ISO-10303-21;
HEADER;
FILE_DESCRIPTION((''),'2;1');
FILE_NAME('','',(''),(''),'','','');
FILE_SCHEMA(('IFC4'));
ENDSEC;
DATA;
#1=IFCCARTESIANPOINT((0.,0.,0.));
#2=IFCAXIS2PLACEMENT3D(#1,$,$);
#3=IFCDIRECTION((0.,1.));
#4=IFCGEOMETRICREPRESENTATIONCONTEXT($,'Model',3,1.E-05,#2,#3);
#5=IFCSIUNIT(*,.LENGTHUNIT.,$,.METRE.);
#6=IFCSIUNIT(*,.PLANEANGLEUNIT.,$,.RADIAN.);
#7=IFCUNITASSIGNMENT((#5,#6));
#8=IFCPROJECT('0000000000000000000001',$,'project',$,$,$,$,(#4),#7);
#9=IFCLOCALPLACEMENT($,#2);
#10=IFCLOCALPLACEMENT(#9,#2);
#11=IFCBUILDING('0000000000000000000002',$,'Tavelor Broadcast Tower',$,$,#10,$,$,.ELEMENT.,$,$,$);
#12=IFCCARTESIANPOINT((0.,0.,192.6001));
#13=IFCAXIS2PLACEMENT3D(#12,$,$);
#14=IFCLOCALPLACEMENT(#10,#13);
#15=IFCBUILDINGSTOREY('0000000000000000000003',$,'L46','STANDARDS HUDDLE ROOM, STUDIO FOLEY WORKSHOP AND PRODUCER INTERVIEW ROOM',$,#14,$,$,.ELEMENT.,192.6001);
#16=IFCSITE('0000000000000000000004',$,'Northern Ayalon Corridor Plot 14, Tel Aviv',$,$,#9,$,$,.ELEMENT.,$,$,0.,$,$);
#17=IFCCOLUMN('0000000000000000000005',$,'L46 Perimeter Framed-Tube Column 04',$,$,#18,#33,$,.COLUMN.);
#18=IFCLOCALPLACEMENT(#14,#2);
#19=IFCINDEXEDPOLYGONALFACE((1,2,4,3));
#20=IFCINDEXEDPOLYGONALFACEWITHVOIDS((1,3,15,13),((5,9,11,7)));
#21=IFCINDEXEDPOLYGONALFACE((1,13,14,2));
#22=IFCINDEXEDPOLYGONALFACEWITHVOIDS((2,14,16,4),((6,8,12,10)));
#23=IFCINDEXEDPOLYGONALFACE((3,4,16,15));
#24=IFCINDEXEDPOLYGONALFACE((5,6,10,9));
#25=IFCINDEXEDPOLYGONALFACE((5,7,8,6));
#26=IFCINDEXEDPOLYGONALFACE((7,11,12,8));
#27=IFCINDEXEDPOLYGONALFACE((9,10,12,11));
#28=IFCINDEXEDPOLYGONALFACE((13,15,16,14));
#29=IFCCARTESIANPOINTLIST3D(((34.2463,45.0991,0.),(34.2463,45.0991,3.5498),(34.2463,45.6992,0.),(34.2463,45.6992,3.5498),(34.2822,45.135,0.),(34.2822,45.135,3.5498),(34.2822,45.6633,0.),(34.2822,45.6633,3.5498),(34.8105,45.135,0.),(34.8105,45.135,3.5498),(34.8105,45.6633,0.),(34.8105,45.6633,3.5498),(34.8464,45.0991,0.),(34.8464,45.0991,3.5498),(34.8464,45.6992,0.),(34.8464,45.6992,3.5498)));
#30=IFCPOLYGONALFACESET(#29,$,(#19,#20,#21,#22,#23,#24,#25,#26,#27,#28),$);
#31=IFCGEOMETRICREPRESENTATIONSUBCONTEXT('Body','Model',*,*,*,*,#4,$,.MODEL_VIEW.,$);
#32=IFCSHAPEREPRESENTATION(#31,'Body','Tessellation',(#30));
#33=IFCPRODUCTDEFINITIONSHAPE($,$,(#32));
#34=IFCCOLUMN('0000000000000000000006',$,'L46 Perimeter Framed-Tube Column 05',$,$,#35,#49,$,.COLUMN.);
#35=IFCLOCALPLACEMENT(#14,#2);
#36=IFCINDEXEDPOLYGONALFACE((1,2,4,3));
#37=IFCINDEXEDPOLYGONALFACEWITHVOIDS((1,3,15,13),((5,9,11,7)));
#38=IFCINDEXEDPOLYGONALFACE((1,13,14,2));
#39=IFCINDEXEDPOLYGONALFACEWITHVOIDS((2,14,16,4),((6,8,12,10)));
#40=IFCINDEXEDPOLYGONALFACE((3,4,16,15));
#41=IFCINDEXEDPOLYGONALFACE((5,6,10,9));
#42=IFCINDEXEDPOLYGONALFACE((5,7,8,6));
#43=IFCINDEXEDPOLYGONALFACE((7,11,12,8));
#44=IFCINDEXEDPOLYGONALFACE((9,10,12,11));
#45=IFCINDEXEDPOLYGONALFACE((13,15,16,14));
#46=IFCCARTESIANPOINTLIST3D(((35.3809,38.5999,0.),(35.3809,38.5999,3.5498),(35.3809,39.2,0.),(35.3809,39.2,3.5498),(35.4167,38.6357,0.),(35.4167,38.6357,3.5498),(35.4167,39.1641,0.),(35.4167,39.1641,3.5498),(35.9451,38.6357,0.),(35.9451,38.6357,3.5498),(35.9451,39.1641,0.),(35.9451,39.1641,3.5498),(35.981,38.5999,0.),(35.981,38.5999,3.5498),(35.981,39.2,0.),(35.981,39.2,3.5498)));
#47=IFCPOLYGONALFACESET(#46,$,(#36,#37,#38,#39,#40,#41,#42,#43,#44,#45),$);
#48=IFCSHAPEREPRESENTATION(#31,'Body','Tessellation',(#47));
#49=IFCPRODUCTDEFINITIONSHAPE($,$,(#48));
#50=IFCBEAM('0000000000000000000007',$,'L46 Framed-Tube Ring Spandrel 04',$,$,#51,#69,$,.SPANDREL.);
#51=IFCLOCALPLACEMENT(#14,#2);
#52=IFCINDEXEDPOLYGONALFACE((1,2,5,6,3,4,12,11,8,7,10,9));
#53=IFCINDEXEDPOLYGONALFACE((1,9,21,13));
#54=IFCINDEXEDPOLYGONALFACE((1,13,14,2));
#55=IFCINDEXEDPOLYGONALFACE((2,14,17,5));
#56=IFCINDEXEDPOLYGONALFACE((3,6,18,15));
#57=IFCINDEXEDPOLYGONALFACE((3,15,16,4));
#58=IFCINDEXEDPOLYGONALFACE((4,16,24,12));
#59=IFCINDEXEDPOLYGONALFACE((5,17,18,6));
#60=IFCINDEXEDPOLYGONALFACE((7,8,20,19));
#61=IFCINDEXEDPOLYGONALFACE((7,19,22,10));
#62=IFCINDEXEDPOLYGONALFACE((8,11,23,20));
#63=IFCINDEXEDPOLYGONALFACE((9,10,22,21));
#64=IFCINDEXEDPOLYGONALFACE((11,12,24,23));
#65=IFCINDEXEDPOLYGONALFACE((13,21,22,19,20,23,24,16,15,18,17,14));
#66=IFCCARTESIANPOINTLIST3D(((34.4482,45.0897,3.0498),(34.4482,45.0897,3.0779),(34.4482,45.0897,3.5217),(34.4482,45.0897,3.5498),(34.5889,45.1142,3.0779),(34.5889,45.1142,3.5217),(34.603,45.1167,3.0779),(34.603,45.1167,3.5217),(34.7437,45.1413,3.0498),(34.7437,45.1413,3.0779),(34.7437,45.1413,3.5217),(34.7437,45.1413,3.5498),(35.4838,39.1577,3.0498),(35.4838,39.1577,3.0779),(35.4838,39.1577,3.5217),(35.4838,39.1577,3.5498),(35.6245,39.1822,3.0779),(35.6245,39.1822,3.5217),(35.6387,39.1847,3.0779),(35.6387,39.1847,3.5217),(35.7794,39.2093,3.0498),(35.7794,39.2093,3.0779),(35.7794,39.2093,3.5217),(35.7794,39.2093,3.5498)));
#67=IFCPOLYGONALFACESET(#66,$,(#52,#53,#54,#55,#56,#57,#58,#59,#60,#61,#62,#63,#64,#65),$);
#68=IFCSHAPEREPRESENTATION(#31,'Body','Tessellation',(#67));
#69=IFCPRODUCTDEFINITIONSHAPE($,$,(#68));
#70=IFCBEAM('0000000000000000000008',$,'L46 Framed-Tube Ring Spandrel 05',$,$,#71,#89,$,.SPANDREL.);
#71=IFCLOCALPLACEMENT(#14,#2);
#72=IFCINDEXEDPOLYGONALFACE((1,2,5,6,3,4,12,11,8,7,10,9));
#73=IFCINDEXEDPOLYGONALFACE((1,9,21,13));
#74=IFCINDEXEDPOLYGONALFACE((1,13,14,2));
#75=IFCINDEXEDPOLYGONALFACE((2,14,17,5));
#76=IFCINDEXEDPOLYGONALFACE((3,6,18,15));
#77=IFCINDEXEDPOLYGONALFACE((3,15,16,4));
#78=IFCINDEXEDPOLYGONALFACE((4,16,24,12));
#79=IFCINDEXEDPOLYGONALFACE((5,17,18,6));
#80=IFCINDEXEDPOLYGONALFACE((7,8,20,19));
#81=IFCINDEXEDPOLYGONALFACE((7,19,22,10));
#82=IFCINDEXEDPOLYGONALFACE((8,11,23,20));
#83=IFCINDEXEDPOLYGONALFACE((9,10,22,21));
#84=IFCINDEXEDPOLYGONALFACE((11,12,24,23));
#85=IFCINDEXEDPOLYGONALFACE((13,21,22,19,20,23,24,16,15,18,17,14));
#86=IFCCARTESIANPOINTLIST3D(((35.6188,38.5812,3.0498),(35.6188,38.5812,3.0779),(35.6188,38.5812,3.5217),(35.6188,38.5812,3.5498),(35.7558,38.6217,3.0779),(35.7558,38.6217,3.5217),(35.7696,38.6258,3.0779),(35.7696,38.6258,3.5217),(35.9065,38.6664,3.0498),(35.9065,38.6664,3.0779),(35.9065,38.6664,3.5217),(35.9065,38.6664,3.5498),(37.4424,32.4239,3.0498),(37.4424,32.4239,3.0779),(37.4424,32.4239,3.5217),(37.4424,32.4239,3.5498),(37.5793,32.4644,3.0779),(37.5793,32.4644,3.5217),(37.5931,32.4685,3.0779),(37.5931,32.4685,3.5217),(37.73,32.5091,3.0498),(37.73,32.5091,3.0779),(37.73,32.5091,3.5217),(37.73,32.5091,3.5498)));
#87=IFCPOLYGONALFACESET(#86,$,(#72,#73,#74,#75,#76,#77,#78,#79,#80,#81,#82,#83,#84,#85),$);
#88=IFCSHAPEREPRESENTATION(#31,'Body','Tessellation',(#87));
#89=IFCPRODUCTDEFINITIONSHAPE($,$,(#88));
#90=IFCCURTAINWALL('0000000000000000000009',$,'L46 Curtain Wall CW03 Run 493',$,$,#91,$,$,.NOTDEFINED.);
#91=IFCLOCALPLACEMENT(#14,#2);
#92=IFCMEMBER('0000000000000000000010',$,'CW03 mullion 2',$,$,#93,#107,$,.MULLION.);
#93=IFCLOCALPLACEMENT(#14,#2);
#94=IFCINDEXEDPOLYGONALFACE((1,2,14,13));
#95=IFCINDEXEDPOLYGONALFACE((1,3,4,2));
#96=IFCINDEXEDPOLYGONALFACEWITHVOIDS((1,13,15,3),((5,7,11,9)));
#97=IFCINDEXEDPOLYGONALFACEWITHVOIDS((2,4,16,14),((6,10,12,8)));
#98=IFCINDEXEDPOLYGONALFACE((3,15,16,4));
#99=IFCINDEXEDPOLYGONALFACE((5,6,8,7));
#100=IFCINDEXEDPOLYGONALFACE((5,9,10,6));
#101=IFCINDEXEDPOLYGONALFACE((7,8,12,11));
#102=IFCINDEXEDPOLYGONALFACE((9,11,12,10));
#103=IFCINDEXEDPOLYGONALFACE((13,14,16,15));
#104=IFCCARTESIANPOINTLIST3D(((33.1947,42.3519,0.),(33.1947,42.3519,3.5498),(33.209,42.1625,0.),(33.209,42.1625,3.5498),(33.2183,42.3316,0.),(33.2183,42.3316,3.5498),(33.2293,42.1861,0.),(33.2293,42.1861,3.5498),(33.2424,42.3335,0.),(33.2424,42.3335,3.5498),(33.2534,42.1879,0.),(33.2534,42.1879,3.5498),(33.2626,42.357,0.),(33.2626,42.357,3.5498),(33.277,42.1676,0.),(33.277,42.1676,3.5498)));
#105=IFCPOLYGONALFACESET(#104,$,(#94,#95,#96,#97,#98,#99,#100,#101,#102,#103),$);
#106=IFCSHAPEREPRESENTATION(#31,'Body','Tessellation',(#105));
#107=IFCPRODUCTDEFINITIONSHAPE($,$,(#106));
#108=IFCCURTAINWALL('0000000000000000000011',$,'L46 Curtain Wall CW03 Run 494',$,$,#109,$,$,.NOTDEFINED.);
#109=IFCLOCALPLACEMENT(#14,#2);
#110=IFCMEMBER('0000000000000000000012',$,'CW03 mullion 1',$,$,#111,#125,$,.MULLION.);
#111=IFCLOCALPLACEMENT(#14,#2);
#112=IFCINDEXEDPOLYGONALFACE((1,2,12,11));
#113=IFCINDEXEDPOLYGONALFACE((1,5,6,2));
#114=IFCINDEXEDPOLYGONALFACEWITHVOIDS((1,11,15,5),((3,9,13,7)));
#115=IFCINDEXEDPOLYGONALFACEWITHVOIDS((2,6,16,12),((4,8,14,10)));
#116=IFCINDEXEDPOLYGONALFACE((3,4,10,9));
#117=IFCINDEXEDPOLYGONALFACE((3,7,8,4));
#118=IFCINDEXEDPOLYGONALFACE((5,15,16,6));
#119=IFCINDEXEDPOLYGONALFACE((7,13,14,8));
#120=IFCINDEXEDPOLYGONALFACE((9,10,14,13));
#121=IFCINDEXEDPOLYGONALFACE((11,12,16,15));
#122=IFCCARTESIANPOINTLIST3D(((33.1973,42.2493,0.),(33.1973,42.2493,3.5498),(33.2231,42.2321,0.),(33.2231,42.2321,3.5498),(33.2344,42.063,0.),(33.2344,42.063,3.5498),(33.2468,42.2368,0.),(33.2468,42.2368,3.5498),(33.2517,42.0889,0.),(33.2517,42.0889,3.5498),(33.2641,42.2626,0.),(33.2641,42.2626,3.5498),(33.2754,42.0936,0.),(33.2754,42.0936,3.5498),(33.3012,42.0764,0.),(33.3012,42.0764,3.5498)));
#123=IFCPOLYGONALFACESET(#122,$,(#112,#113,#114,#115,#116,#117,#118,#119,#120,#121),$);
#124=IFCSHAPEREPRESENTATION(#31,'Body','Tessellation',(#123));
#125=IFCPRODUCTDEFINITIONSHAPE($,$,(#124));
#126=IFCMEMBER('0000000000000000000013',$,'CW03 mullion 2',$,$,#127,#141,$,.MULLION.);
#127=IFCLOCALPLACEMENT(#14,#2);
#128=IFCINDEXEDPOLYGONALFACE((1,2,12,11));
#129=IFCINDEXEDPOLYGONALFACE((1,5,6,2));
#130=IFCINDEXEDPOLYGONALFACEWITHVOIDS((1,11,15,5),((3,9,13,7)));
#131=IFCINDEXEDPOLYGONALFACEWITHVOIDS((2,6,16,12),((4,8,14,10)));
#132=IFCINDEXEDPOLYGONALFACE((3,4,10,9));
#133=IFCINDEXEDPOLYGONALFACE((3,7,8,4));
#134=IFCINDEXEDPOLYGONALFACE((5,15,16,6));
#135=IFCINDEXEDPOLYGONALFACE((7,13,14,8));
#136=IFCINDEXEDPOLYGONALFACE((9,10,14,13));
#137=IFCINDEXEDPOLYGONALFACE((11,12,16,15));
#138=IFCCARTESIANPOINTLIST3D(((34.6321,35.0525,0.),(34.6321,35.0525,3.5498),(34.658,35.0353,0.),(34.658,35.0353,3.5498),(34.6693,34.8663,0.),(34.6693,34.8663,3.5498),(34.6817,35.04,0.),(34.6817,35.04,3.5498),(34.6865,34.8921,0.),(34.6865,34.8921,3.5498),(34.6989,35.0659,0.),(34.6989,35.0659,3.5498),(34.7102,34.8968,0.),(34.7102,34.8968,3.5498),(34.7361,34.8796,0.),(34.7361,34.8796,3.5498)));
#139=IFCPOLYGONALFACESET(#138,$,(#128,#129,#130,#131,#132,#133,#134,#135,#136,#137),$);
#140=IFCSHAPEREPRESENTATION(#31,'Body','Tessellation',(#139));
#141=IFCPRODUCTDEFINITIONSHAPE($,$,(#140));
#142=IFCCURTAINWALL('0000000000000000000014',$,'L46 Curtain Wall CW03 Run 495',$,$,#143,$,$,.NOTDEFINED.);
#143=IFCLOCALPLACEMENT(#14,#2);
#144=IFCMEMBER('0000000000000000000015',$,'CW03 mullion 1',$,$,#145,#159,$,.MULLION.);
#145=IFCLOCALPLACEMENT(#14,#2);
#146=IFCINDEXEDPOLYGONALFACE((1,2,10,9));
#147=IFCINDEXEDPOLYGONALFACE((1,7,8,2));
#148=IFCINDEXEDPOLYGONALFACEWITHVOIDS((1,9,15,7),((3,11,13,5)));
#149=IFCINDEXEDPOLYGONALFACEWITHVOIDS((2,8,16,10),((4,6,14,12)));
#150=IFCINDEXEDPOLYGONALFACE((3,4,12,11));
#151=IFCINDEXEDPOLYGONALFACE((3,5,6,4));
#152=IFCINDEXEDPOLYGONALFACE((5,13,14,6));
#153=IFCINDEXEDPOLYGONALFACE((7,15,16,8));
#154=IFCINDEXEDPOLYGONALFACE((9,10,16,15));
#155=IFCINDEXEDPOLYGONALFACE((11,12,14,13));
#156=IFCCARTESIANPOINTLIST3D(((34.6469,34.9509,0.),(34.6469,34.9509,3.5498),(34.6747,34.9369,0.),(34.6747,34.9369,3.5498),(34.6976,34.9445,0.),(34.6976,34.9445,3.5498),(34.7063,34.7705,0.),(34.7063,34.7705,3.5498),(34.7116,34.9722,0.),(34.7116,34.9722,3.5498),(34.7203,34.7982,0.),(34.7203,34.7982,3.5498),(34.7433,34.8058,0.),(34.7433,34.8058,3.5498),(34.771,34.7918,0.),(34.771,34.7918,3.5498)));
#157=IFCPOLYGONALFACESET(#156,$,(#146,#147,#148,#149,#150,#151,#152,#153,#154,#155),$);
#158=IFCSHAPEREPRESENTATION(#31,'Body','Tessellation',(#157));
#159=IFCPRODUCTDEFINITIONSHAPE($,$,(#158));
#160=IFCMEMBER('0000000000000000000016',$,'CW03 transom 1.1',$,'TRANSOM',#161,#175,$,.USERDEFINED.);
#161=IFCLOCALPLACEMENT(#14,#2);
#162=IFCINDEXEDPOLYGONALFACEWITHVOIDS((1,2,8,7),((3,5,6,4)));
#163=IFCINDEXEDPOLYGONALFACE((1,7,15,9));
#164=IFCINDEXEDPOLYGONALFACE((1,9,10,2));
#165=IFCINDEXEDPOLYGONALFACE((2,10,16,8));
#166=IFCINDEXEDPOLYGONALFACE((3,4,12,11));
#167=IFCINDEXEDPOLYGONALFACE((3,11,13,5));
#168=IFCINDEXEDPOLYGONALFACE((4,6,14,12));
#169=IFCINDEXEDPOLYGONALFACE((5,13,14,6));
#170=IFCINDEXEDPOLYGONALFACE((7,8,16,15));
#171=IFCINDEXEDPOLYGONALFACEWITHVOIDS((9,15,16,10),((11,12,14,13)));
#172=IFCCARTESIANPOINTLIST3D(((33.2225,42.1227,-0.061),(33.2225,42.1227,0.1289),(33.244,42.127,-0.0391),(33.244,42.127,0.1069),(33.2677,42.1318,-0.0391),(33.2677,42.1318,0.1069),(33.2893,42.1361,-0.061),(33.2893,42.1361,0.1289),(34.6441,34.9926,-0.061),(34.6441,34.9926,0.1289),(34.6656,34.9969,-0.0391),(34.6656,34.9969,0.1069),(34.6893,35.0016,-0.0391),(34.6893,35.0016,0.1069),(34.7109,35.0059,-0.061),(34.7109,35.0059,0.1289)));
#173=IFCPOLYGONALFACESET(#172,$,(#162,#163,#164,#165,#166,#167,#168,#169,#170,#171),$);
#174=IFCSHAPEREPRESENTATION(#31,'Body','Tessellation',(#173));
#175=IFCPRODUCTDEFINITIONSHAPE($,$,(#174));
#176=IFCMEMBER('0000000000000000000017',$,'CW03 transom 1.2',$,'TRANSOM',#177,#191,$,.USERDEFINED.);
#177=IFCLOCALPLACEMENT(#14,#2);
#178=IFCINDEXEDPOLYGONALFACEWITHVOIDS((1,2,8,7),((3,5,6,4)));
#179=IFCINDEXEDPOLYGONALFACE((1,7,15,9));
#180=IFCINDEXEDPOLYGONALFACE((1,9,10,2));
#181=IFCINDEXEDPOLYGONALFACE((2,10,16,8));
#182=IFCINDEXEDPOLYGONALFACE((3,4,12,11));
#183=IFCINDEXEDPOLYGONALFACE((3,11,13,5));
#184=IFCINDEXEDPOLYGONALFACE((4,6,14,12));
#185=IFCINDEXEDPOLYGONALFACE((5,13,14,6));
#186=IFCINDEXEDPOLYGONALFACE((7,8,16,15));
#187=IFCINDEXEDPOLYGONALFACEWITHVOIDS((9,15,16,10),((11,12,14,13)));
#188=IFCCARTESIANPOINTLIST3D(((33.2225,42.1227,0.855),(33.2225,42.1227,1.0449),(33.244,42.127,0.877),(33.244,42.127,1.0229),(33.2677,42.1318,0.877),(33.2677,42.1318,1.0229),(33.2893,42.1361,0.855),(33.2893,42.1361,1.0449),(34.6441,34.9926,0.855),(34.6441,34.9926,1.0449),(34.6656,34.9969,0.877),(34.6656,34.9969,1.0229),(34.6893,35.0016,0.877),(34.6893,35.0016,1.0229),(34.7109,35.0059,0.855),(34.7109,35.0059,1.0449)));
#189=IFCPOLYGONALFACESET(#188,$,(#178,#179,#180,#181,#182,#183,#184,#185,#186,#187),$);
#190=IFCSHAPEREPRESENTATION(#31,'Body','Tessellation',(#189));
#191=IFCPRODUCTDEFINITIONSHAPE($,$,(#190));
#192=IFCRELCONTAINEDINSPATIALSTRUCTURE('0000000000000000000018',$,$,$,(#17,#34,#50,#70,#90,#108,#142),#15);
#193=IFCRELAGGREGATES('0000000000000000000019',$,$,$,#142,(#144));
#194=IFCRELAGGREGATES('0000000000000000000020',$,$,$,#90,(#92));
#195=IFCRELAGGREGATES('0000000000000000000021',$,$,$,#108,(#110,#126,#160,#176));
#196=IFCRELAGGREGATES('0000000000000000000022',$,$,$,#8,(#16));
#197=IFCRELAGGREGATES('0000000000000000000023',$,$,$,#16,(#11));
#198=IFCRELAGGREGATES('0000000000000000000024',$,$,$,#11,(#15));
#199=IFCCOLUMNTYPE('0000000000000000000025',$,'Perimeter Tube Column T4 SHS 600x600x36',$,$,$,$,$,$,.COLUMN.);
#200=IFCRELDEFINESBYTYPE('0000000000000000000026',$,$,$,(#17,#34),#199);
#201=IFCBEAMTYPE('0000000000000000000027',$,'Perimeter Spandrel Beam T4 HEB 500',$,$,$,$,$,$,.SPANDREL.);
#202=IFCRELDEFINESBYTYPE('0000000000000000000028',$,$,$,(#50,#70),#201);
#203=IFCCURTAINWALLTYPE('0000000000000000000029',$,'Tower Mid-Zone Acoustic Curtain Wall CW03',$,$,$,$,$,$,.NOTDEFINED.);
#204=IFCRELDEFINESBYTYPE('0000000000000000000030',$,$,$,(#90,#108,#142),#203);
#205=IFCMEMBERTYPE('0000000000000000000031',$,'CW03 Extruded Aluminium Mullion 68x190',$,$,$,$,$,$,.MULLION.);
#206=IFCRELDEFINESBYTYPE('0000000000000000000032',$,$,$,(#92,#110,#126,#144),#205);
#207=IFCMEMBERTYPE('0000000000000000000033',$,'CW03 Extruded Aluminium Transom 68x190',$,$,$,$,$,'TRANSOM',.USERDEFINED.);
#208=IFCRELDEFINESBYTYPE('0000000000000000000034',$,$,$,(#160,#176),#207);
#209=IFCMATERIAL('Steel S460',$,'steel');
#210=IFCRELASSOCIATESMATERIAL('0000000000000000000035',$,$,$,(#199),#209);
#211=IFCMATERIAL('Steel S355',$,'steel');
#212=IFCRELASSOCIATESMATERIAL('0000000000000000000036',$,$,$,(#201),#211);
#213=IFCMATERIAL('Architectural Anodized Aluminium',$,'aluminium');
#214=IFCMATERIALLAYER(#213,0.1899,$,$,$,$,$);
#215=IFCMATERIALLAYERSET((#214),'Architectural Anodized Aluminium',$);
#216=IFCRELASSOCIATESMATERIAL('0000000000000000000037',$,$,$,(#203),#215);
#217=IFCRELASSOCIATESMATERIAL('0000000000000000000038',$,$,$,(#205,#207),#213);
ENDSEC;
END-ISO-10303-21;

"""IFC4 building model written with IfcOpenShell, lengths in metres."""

from ifc_helpers import new_model, si_unit, direction, frame, origin, origin_2d, place, context, subcontext, project, spatial, hollow_rectangle, i_section, extrude, source, transform, mapped, material, layer, layer_set, material_profile, profile_set, type_object, type_shapes, element, aggregate, save


model = new_model("IFC4")

# Units and contexts
model_context = context("Model", 3, precision=1e-05, world=origin(), true_north=direction((0.0, 1.0)))
body_context = subcontext(model_context, "Body", "Model", "MODEL_VIEW")
ifc_project = project(units=[si_unit("LENGTHUNIT", "METRE"), si_unit("PLANEANGLEUNIT", "RADIAN")], contexts=[model_context])

# Site, building, storey
site_placement = place(None, origin())
site = spatial("IfcSite", under=ifc_project, at=site_placement, Name="Northern Ayalon Corridor Plot 14, Tel Aviv", CompositionType="ELEMENT", RefElevation=0.0)
building_placement = place(site_placement, origin())
building = spatial("IfcBuilding", under=site, at=building_placement, Name="Tavelor Broadcast Tower", CompositionType="ELEMENT")
storey_placement = place(building_placement, frame((0.0, 0.0, 192.6001)))
storey = spatial("IfcBuildingStorey", under=building, at=storey_placement, Name="L46", Description="STANDARDS HUDDLE ROOM, STUDIO FOLEY WORKSHOP AND PRODUCER INTERVIEW ROOM", CompositionType="ELEMENT", Elevation=192.6001)

# Columns
ifc_material_1 = material(Name="Steel S460", Category="steel")
ifc_material_profile_1 = material_profile(ifc_material_1, hollow_rectangle(XDim=0.6001, YDim=0.6001, WallThickness=0.0359, at=origin_2d()), Name="SHS 600x600x36")
ifc_profile_set_1 = profile_set([ifc_material_profile_1], Name="Steel S460")
column_type = type_object("IfcColumnType", Name="Perimeter Tube Column T4 SHS 600x600x36", PredefinedType="COLUMN", material=ifc_profile_set_1)
for number, where, z_axis, x_axis, name in (
    (1, (34.5464, 45.3992, 0.0), (0.0, 0.0, 1.0), (1.0, 0.0, 0.0), "L46 Perimeter Framed-Tube Column 04"),
    (2, (35.6809, 38.8999, 0.0), (0.0, 0.0, 1.0), (1.0, 0.0, 0.0), "L46 Perimeter Framed-Tube Column 05"),
):
    element("IfcColumn", number, at=place(storey_placement, frame(where, z_axis=z_axis, x_axis=x_axis)), inside=storey, type_object=column_type, Name=name, PredefinedType="COLUMN", context=body_context, shape_type="SweptSolid", body=[
        extrude(hollow_rectangle(XDim=0.6001, YDim=0.6001, WallThickness=0.0359, at=origin_2d()), origin(), (0.0, 0.0, 1.0), 3.5498),
    ])

# Beams
ifc_material_2 = material(Name="Steel S355", Category="steel")
ifc_material_profile_2 = material_profile(ifc_material_2, i_section(OverallWidth=0.3, OverallDepth=0.5, WebThickness=0.0144, FlangeThickness=0.0281, at=origin_2d()), Name="HEB 500")
ifc_profile_set_2 = profile_set([ifc_material_profile_2], Name="Steel S355")
beam_type = type_object("IfcBeamType", Name="Perimeter Spandrel Beam T4 HEB 500", PredefinedType="SPANDREL", material=ifc_profile_set_2)
beam_1_placement = place(storey_placement, frame((34.5959, 45.1155, 3.2998), z_axis=(0.171988, -0.985099, 0.0), x_axis=(0.985099, 0.171988, 0.0)))
element("IfcBeam", 3, at=beam_1_placement, inside=storey, type_object=beam_type, Name="L46 Framed-Tube Ring Spandrel 04", PredefinedType="SPANDREL", context=body_context, shape_type="SweptSolid", body=[
    extrude(i_section(OverallWidth=0.3, OverallDepth=0.5, WebThickness=0.0144, FlangeThickness=0.0281, at=origin_2d()), origin(), (0.0, 0.0, 1.0), 6.0217),
])
beam_2_placement = place(storey_placement, frame((35.7627, 38.6238, 3.2998), z_axis=(0.283963, -0.958835, 0.0), x_axis=(0.958835, 0.283963, 0.0)))
element("IfcBeam", 4, at=beam_2_placement, inside=storey, type_object=beam_type, Name="L46 Framed-Tube Ring Spandrel 05", PredefinedType="SPANDREL", context=body_context, shape_type="SweptSolid", body=[
    extrude(i_section(OverallWidth=0.3, OverallDepth=0.5, WebThickness=0.0144, FlangeThickness=0.0281, at=origin_2d()), origin(), (0.0, 0.0, 1.0), 6.4216),
])

# Curtain wall, member
ifc_material_3 = material(Name="Architectural Anodized Aluminium", Category="aluminium")
ifc_layer_1 = layer(ifc_material_3, 0.1899)
ifc_layer_set_1 = layer_set([ifc_layer_1], Name="Architectural Anodized Aluminium")
curtain_wall_type = type_object("IfcCurtainWallType", Name="Tower Mid-Zone Acoustic Curtain Wall CW03", PredefinedType="NOTDEFINED", material=ifc_layer_set_1)
curtain_wall_1_placement = place(storey_placement, origin())
curtain_wall_1 = element("IfcCurtainWall", 5, at=curtain_wall_1_placement, inside=storey, type_object=curtain_wall_type, Name="L46 Curtain Wall CW03 Run 493", PredefinedType="NOTDEFINED")
ifc_material_profile_3 = material_profile(ifc_material_3, hollow_rectangle(XDim=0.0681, YDim=0.1899, WallThickness=0.022, at=origin_2d()), Name="RHS 68x190x22")
ifc_profile_set_3 = profile_set([ifc_material_profile_3], Name="Architectural Anodized Aluminium")
member_type_1 = type_object("IfcMemberType", Name="CW03 Extruded Aluminium Mullion 68x190", PredefinedType="MULLION", material=ifc_profile_set_3)
shared_shape_1 = source(origin(), body_context, "Body", "SweptSolid", [
    extrude(hollow_rectangle(XDim=0.0681, YDim=0.1899, WallThickness=0.022, at=origin_2d()), origin(), (0.0, 0.0, 1.0), 3.5498),
])
type_shapes(member_type_1, [shared_shape_1])
member_1_placement = place(storey_placement, frame((33.2358, 42.2598, 0.0), z_axis=(0.0, 0.0, 1.0), x_axis=(0.997152, 0.075414, 0.0)))
member_1 = element("IfcMember", 6, at=member_1_placement, type_object=member_type_1, Name="CW03 mullion 2", PredefinedType="MULLION", context=body_context, shape_type="MappedRepresentation", body=[
    mapped(shared_shape_1, transform((0.0, 0.0, 0.0), scale=1.0)),
])

# Curtain wall, members
curtain_wall_2_placement = place(storey_placement, origin())
curtain_wall_2 = element("IfcCurtainWall", 7, at=curtain_wall_2_placement, inside=storey, type_object=curtain_wall_type, Name="L46 Curtain Wall CW03 Run 494", PredefinedType="NOTDEFINED")
member_2_placement = place(storey_placement, frame((33.2493, 42.1628, 0.0), z_axis=(0.0, 0.0, 1.0), x_axis=(0.980698, 0.195529, 0.0)))
member_2 = element("IfcMember", 8, at=member_2_placement, type_object=member_type_1, Name="CW03 mullion 1", PredefinedType="MULLION", context=body_context, shape_type="MappedRepresentation", body=[
    mapped(shared_shape_1, transform((0.0, 0.0, 0.0), scale=1.0)),
])
member_3_placement = place(storey_placement, frame((34.6841, 34.9661, 0.0), z_axis=(0.0, 0.0, 1.0), x_axis=(0.980698, 0.195529, 0.0)))
member_3 = element("IfcMember", 9, at=member_3_placement, type_object=member_type_1, Name="CW03 mullion 2", PredefinedType="MULLION", context=body_context, shape_type="MappedRepresentation", body=[
    mapped(shared_shape_1, transform((0.0, 0.0, 0.0), scale=1.0)),
])

# Curtain wall, member
curtain_wall_3_placement = place(storey_placement, origin())
curtain_wall_3 = element("IfcCurtainWall", 10, at=curtain_wall_3_placement, inside=storey, type_object=curtain_wall_type, Name="L46 Curtain Wall CW03 Run 495", PredefinedType="NOTDEFINED")
member_4_placement = place(storey_placement, frame((34.709, 34.8713, 0.0), z_axis=(0.0, 0.0, 1.0), x_axis=(0.949833, 0.312759, 0.0)))
member_4 = element("IfcMember", 11, at=member_4_placement, type_object=member_type_1, Name="CW03 mullion 1", PredefinedType="MULLION", context=body_context, shape_type="MappedRepresentation", body=[
    mapped(shared_shape_1, transform((0.0, 0.0, 0.0), scale=1.0)),
])

# Members
ifc_material_profile_4 = material_profile(ifc_material_3, hollow_rectangle(XDim=0.0681, YDim=0.1899, WallThickness=0.022, at=origin_2d()), Name="RHS 68x190x22")
ifc_profile_set_4 = profile_set([ifc_material_profile_4], Name="Architectural Anodized Aluminium")
member_type_2 = type_object("IfcMemberType", Name="CW03 Extruded Aluminium Transom 68x190", ElementType="TRANSOM", PredefinedType="USERDEFINED", material=ifc_profile_set_4)
shared_shape_2 = source(origin(), body_context, "Body", "SweptSolid", [
    extrude(hollow_rectangle(XDim=0.0681, YDim=0.1899, WallThickness=0.022, at=origin_2d()), origin(), (0.0, 0.0, 1.0), 7.2705),
])
member_5_placement = place(storey_placement, frame((33.2559, 42.1294, 0.0339), z_axis=(0.195535, -0.980697, 0.0), x_axis=(0.980697, 0.195535, 0.0)))
member_5 = element("IfcMember", 12, at=member_5_placement, type_object=member_type_2, Name="CW03 transom 1.1", ObjectType="TRANSOM", PredefinedType="USERDEFINED", context=body_context, shape_type="MappedRepresentation", body=[
    mapped(shared_shape_2, transform((0.0, 0.0, 0.0), scale=1.0)),
])
member_6_placement = place(storey_placement, frame((33.2559, 42.1294, 0.95), z_axis=(0.195535, -0.980697, 0.0), x_axis=(0.980697, 0.195535, 0.0)))
member_6 = element("IfcMember", 13, at=member_6_placement, type_object=member_type_2, Name="CW03 transom 1.2", ObjectType="TRANSOM", PredefinedType="USERDEFINED", context=body_context, shape_type="MappedRepresentation", body=[
    mapped(shared_shape_2, transform((0.0, 0.0, 0.0), scale=1.0)),
])
aggregate(curtain_wall_3, [member_4])

aggregate(curtain_wall_1, [member_1])
aggregate(curtain_wall_2, [member_2, member_3, member_5, member_6])

save(model, "model.ifc")
